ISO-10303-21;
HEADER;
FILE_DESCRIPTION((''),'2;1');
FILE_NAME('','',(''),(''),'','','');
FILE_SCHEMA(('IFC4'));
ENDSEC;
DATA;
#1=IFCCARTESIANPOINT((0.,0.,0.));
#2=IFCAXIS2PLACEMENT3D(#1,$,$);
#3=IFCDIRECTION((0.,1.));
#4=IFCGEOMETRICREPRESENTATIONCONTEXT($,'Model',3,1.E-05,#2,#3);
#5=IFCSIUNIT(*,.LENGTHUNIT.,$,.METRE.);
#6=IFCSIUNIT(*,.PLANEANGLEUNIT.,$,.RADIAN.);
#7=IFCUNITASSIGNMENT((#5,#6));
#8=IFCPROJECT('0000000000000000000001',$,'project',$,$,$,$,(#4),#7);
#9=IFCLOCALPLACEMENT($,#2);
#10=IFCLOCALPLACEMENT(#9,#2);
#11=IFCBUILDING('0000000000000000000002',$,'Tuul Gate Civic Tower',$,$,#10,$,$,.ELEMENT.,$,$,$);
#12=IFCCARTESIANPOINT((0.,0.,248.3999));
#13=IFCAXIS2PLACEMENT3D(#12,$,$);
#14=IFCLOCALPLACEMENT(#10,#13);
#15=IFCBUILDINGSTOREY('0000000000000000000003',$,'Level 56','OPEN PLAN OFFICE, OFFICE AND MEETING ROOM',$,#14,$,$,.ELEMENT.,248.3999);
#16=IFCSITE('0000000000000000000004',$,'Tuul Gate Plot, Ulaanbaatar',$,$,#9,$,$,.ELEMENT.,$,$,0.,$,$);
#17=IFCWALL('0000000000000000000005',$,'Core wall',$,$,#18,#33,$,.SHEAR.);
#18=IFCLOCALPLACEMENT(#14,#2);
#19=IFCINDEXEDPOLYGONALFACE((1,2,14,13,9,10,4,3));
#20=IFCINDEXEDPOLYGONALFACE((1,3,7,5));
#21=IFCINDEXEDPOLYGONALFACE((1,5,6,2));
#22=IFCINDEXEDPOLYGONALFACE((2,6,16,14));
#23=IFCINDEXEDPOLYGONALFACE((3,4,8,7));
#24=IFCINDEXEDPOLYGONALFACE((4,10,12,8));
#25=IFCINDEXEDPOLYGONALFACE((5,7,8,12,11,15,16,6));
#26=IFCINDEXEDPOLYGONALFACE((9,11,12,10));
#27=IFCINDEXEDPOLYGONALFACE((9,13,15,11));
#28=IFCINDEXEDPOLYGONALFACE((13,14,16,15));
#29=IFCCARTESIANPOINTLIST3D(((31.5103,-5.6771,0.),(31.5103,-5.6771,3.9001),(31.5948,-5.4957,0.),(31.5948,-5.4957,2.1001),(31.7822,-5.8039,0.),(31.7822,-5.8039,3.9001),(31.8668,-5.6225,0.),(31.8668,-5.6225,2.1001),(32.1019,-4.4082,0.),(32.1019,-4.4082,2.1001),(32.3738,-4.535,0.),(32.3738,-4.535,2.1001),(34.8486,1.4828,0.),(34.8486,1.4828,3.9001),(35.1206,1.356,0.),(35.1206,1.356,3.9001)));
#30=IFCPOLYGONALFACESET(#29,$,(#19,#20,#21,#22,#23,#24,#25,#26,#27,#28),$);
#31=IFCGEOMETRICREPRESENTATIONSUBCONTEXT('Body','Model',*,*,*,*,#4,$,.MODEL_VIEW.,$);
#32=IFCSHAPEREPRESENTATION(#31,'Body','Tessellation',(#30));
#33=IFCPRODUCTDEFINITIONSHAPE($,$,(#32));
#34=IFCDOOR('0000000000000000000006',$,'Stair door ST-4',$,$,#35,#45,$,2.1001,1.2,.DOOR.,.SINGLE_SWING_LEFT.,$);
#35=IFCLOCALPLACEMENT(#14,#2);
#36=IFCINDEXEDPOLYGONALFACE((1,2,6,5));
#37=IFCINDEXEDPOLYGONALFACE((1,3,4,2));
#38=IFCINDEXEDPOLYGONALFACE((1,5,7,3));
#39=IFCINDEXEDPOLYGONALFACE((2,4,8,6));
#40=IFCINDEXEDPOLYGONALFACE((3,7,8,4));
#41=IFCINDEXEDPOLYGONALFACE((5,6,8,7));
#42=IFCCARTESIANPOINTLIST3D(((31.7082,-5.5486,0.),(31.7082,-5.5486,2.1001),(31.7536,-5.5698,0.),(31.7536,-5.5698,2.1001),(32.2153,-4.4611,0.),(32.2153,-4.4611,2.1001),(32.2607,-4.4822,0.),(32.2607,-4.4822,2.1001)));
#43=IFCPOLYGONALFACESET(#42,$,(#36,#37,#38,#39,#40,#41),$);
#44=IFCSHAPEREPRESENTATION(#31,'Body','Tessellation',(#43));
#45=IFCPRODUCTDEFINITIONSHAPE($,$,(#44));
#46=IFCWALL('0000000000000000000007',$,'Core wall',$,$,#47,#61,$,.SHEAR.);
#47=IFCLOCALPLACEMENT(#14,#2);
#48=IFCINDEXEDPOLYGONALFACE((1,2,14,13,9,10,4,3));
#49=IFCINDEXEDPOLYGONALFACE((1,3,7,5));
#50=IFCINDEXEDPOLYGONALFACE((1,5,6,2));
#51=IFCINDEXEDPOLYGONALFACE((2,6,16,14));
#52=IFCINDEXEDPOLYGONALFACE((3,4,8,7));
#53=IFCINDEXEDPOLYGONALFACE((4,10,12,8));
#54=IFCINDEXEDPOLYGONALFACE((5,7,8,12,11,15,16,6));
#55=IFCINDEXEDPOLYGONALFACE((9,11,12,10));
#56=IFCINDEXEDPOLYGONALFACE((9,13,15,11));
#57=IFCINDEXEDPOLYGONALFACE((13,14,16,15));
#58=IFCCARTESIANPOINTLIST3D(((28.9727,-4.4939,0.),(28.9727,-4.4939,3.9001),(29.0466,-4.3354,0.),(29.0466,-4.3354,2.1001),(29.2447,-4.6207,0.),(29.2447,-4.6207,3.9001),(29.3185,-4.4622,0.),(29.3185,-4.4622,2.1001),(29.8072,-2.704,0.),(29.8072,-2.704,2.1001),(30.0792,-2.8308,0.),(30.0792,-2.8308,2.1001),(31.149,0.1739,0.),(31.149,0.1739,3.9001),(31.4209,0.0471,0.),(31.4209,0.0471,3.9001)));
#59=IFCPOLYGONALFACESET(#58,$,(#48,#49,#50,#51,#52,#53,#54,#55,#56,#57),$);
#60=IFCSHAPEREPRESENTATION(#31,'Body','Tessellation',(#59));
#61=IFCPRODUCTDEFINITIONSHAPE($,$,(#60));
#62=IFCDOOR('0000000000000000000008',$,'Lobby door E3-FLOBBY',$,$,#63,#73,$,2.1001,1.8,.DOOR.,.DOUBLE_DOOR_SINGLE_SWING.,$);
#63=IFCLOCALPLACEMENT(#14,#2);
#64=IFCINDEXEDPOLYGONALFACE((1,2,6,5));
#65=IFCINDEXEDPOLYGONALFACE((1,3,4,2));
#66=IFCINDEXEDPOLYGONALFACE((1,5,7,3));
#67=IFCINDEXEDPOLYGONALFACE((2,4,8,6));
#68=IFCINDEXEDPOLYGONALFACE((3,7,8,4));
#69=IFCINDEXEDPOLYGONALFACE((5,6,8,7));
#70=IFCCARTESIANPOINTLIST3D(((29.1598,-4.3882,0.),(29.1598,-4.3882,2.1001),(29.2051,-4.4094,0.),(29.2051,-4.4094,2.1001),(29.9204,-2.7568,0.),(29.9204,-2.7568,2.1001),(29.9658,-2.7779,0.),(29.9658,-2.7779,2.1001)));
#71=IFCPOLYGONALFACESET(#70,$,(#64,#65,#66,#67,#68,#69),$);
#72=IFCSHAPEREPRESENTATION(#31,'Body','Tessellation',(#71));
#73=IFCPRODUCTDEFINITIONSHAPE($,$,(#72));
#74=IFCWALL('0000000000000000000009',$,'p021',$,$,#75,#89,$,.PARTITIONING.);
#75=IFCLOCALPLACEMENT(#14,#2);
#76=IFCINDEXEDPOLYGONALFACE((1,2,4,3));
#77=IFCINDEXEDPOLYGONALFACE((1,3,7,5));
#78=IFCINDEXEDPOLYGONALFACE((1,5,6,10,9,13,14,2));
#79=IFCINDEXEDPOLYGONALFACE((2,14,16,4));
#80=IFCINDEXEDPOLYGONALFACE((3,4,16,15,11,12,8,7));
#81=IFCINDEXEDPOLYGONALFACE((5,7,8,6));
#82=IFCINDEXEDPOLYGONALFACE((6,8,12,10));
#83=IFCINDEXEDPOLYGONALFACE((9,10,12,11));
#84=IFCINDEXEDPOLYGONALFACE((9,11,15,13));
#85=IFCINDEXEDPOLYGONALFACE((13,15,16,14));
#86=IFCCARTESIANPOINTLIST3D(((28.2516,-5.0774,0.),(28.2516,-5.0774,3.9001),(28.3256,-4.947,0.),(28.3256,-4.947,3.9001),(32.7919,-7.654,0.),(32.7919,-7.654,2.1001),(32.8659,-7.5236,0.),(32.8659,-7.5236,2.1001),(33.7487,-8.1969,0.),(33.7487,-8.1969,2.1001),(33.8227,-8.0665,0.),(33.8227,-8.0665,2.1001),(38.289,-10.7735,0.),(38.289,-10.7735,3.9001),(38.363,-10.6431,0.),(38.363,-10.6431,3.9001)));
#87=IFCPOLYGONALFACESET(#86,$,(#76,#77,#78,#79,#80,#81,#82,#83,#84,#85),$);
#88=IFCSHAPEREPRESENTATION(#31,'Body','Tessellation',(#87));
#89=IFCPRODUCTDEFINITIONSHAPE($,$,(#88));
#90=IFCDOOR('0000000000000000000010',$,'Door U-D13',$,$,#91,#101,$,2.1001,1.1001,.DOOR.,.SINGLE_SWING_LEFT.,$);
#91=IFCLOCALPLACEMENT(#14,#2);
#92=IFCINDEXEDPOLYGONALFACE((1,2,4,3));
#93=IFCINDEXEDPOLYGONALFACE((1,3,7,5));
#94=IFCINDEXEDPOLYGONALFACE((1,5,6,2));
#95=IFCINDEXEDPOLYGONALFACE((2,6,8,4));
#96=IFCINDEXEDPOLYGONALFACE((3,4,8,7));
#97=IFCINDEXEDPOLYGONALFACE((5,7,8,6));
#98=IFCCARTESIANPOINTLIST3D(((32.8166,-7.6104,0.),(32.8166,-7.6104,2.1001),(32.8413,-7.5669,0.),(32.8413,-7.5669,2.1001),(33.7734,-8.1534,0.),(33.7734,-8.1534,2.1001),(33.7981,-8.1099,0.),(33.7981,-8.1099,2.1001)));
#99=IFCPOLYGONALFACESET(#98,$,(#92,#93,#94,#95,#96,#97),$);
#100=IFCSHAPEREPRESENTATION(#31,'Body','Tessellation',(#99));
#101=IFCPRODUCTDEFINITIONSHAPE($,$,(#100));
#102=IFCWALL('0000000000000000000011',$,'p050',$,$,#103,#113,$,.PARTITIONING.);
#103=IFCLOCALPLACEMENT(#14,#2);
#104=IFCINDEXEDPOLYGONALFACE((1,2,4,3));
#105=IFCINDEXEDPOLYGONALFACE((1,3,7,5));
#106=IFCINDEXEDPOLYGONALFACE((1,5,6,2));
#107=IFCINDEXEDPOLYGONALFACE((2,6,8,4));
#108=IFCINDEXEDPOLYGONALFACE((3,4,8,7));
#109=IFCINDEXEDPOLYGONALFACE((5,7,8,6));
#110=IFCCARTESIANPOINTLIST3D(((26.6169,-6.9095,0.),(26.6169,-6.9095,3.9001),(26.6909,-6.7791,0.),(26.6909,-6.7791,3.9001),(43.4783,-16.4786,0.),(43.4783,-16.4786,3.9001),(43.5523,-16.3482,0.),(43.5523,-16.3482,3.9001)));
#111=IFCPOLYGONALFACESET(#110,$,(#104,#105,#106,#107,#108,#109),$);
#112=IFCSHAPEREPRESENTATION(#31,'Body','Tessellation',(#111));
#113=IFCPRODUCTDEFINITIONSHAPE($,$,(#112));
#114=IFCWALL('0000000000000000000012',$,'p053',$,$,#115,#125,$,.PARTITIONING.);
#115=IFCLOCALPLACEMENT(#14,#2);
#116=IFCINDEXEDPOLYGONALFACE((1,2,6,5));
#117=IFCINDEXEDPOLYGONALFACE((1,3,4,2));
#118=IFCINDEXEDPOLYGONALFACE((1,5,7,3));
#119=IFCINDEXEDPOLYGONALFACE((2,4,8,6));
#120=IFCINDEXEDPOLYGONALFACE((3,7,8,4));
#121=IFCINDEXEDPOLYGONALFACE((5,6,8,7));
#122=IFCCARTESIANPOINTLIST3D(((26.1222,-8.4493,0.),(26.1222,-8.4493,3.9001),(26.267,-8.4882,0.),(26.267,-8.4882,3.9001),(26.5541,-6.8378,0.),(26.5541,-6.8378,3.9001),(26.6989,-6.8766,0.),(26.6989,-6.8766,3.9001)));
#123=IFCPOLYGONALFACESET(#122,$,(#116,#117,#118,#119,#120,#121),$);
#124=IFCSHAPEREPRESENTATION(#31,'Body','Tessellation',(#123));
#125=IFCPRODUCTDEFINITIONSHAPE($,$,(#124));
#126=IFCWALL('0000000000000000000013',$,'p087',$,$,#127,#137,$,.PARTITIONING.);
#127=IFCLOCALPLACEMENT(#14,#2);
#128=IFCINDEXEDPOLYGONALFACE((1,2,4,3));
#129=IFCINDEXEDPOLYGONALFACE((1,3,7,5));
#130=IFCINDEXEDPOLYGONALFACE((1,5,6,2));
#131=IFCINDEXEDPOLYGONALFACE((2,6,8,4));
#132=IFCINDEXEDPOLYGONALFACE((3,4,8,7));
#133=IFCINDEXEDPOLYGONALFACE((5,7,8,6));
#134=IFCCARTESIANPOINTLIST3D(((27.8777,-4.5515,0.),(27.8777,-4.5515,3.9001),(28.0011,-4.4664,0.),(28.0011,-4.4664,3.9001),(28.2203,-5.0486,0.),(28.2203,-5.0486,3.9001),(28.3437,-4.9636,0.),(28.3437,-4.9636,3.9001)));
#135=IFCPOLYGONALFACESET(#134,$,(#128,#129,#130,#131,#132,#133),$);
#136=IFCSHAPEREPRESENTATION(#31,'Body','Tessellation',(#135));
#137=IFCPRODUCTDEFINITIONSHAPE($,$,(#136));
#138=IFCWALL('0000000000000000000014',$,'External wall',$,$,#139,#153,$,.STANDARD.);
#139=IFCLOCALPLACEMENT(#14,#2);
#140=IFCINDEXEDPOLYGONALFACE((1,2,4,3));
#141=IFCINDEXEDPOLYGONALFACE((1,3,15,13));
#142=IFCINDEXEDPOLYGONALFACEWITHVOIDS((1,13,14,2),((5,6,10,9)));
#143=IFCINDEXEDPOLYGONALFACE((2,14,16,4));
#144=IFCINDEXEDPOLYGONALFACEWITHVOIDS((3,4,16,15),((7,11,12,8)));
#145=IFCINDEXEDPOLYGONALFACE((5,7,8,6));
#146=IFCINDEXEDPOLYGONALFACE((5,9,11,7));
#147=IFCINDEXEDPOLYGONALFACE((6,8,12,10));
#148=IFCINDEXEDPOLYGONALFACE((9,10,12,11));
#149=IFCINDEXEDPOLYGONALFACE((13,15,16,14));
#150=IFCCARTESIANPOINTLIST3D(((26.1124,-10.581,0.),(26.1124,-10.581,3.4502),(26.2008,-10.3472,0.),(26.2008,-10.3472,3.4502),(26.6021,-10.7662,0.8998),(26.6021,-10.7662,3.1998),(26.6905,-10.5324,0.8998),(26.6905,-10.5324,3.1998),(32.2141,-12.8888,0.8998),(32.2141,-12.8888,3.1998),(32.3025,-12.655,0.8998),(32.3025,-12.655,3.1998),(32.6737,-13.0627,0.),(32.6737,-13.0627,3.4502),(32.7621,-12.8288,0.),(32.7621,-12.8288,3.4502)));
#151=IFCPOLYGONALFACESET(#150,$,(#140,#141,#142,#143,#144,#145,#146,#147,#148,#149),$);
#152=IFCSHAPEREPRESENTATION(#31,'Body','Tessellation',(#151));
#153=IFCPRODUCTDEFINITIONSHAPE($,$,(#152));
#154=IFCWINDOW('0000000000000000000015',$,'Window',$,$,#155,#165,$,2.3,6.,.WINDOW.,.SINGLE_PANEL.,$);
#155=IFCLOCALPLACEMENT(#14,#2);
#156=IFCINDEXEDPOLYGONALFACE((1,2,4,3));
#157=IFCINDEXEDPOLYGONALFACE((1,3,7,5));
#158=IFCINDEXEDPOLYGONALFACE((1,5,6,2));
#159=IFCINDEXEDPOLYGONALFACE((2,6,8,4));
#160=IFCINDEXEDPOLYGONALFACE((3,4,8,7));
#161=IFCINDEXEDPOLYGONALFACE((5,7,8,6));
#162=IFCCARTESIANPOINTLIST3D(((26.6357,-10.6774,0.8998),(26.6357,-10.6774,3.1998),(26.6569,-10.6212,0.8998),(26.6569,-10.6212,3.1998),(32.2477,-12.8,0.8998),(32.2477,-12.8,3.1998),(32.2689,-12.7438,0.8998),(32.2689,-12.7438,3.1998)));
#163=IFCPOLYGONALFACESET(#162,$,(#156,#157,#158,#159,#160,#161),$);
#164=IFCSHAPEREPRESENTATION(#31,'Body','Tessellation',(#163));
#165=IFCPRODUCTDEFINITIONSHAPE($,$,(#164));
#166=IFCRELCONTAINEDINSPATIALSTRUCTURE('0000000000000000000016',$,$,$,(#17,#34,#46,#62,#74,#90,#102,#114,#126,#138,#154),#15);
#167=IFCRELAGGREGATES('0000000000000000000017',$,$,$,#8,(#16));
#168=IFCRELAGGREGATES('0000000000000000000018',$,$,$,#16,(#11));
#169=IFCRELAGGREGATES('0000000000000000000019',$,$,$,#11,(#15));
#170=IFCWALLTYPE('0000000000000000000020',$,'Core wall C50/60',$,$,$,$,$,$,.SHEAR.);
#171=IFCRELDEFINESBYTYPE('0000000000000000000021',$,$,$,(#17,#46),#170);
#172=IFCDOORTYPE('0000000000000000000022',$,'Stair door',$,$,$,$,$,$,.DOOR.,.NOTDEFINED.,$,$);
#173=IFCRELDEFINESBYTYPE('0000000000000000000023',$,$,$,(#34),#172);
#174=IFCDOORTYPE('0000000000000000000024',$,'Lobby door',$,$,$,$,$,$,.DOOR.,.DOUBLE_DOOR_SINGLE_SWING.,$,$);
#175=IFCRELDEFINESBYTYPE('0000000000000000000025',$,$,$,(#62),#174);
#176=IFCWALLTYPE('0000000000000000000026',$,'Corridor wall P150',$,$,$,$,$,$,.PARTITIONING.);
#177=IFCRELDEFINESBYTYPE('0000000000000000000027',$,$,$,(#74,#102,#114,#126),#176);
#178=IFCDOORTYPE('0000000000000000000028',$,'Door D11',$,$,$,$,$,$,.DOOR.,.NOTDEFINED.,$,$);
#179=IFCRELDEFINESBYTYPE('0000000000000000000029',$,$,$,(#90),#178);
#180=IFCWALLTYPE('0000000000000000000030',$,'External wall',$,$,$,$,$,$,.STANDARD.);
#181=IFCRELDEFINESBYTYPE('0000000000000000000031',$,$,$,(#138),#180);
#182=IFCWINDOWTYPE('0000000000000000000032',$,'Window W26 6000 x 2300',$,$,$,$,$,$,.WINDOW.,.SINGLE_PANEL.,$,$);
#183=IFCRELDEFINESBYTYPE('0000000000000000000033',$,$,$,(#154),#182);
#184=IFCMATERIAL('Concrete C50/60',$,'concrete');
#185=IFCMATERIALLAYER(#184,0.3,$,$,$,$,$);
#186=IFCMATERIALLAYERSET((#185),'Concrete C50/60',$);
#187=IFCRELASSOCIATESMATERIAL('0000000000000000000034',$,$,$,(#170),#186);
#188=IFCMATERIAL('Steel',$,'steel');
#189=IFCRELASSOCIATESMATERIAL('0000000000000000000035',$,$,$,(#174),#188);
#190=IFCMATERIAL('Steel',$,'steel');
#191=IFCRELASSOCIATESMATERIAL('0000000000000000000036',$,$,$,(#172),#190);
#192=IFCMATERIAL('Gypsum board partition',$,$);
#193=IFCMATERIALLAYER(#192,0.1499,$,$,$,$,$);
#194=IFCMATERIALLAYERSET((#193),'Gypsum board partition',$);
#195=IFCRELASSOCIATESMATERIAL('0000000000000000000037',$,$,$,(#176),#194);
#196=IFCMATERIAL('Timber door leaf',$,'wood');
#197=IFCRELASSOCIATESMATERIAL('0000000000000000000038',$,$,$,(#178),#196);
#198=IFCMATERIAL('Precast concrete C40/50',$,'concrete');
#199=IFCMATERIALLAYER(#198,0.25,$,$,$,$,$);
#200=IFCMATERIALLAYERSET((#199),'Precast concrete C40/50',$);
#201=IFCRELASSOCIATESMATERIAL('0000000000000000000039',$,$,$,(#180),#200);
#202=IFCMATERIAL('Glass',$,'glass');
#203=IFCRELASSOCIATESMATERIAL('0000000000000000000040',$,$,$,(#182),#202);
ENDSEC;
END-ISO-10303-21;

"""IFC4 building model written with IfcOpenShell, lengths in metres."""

from ifc_helpers import new_model, si_unit, direction, frame, frame_2d, origin, place, context, subcontext, project, spatial, rectangle, extrude, material, layer, layer_set, type_object, element, fill, save


model = new_model("IFC4")

# Units and contexts
model_context = context("Model", 3, precision=1e-05, world=origin(), true_north=direction((0.0, 1.0)))
body_context = subcontext(model_context, "Body", "Model", "MODEL_VIEW")
ifc_project = project(units=[si_unit("LENGTHUNIT", "METRE"), si_unit("PLANEANGLEUNIT", "RADIAN")], contexts=[model_context])

# Site, building, storey
site_placement = place(None, origin())
site = spatial("IfcSite", under=ifc_project, at=site_placement, Name="Tuul Gate Plot, Ulaanbaatar", CompositionType="ELEMENT", RefElevation=0.0)
building_placement = place(site_placement, origin())
building = spatial("IfcBuilding", under=site, at=building_placement, Name="Tuul Gate Civic Tower", CompositionType="ELEMENT")
storey_placement = place(building_placement, frame((0.0, 0.0, 248.3999)))
storey = spatial("IfcBuildingStorey", under=building, at=storey_placement, Name="Level 56", Description="OPEN PLAN OFFICE, OFFICE AND MEETING ROOM", CompositionType="ELEMENT", Elevation=248.3999)

# Shared definitions
ifc_material_1 = material(Name="Concrete C50/60", Category="concrete")
ifc_layer_1 = layer(ifc_material_1, 0.3)
ifc_layer_set_1 = layer_set([ifc_layer_1], Name="Concrete C50/60")
wall_type_1 = type_object("IfcWallType", Name="Core wall C50/60", PredefinedType="SHEAR", material=ifc_layer_set_1)
ifc_material_2 = material(Name="Steel", Category="steel")
door_type_1 = type_object("IfcDoorType", Name="Lobby door", OperationType="DOUBLE_DOOR_SINGLE_SWING", PredefinedType="DOOR", material=ifc_material_2)

# Walls, openings, doors
wall_1_placement = place(storey_placement, frame((31.6462, -5.7405, 0.0), z_axis=(0.0, 0.0, 1.0), x_axis=(0.422583, 0.906324, 0.0)))
wall_1 = element("IfcWall", 1, at=wall_1_placement, inside=storey, type_object=wall_type_1, Name="Core wall", PredefinedType="SHEAR", context=body_context, shape_type="SweptSolid", body=[
    extrude(rectangle(XDim=7.8999, YDim=0.3, at=frame_2d((3.95, 0.0))), origin(), (0.0, 0.0, 1.0), 3.9001),
])
opening_1_placement = place(wall_1_placement, frame((0.2, 0.0, 0.0)))
opening_1 = element("IfcOpeningElement", 2, at=opening_1_placement, cuts=wall_1, PredefinedType="OPENING", context=body_context, shape_type="SweptSolid", body=[
    extrude(rectangle(XDim=1.2, YDim=2.1001, at=frame_2d((0.6001, 1.05))), frame((0.0, 0.1602, 0.0), z_axis=(0.0, -1.0, 0.0), x_axis=(1.0, 0.0, 0.0)), (0.0, 0.0, 1.0), 0.3201),
])
ifc_material_3 = material(Name="Steel", Category="steel")
door_type_2 = type_object("IfcDoorType", Name="Stair door", OperationType="NOTDEFINED", PredefinedType="DOOR", material=ifc_material_3)
door_1_placement = place(opening_1_placement, origin())
door_1 = element("IfcDoor", 3, at=door_1_placement, inside=storey, type_object=door_type_2, Name="Stair door ST-4", OperationType="SINGLE_SWING_LEFT", OverallHeight=2.1001, OverallWidth=1.2, PredefinedType="DOOR", context=body_context, shape_type="SweptSolid", body=[
    extrude(rectangle(XDim=1.2, YDim=2.1001, at=frame_2d((0.6001, 1.05))), frame((0.0, 0.0249, 0.0), z_axis=(0.0, -1.0, 0.0), x_axis=(1.0, 0.0, 0.0)), (0.0, 0.0, 1.0), 0.05),
])
fill(opening_1, door_1)
wall_2_placement = place(storey_placement, frame((29.1086, -4.5574, 0.0), z_axis=(0.0, 0.0, 1.0), x_axis=(0.422566, 0.906332, 0.0)))
wall_2 = element("IfcWall", 4, at=wall_2_placement, inside=storey, type_object=wall_type_1, Name="Core wall", PredefinedType="SHEAR", context=body_context, shape_type="SweptSolid", body=[
    extrude(rectangle(XDim=5.1501, YDim=0.3, at=frame_2d((2.5752, 0.0))), origin(), (0.0, 0.0, 1.0), 3.9001),
])
opening_2_placement = place(wall_2_placement, frame((0.175, 0.0, 0.0)))
opening_2 = element("IfcOpeningElement", 5, at=opening_2_placement, cuts=wall_2, PredefinedType="OPENING", context=body_context, shape_type="SweptSolid", body=[
    extrude(rectangle(XDim=1.8, YDim=2.1001, at=frame_2d((0.8999, 1.05))), frame((0.0, 0.1602, 0.0), z_axis=(0.0, -1.0, 0.0), x_axis=(1.0, 0.0, 0.0)), (0.0, 0.0, 1.0), 0.3201),
])
door_2_placement = place(opening_2_placement, frame((1.8, 0.0, 0.0), z_axis=(0.0, 0.0, 1.0), x_axis=(-1.0, 0.0, 0.0)))
door_2 = element("IfcDoor", 6, at=door_2_placement, inside=storey, type_object=door_type_1, Name="Lobby door E3-FLOBBY", OperationType="DOUBLE_DOOR_SINGLE_SWING", OverallHeight=2.1001, OverallWidth=1.8, PredefinedType="DOOR", context=body_context, shape_type="SweptSolid", body=[
    extrude(rectangle(XDim=1.8, YDim=2.1001, at=frame_2d((0.9001, 1.05))), frame((0.0, 0.0249, 0.0), z_axis=(0.0, -1.0, 0.0), x_axis=(1.0, 0.0, 0.0)), (0.0, 0.0, 1.0), 0.05),
])
fill(opening_2, door_2)
ifc_material_4 = material(Name="Gypsum board partition")
ifc_layer_2 = layer(ifc_material_4, 0.1499)
ifc_layer_set_2 = layer_set([ifc_layer_2], Name="Gypsum board partition")
wall_type_2 = type_object("IfcWallType", Name="Corridor wall P150", PredefinedType="PARTITIONING", material=ifc_layer_set_2)
wall_3_placement = place(storey_placement, frame((28.2886, -5.0122, 0.0), z_axis=(0.0, 0.0, 1.0), x_axis=(0.869717, -0.493551, 0.0)))
wall_3 = element("IfcWall", 7, at=wall_3_placement, inside=storey, type_object=wall_type_2, Name="p021", PredefinedType="PARTITIONING", context=body_context, shape_type="SweptSolid", body=[
    extrude(rectangle(XDim=11.541, YDim=0.1499, at=frame_2d((5.7705, 0.0))), origin(), (0.0, 0.0, 1.0), 3.9001),
])
opening_3_placement = place(wall_3_placement, frame((5.2205, 0.0, 0.0)))
opening_3 = element("IfcOpeningElement", 8, at=opening_3_placement, cuts=wall_3, PredefinedType="OPENING", context=body_context, shape_type="SweptSolid", body=[
    extrude(rectangle(XDim=1.1001, YDim=2.1001, at=frame_2d((0.55, 1.05))), frame((0.0, 0.085, 0.0), z_axis=(0.0, -1.0, 0.0), x_axis=(1.0, 0.0, 0.0)), (0.0, 0.0, 1.0), 0.1699),
])
ifc_material_5 = material(Name="Timber door leaf", Category="wood")
door_type_3 = type_object("IfcDoorType", Name="Door D11", OperationType="NOTDEFINED", PredefinedType="DOOR", material=ifc_material_5)
door_3_placement = place(opening_3_placement, frame((1.1001, 0.0, 0.0), z_axis=(0.0, 0.0, 1.0), x_axis=(-1.0, 0.0, 0.0)))
door_3 = element("IfcDoor", 9, at=door_3_placement, inside=storey, type_object=door_type_3, Name="Door U-D13", OperationType="SINGLE_SWING_LEFT", OverallHeight=2.1001, OverallWidth=1.1001, PredefinedType="DOOR", context=body_context, shape_type="SweptSolid", body=[
    extrude(rectangle(XDim=1.1001, YDim=2.1001, at=frame_2d((0.55, 1.05))), frame((0.0, 0.0249, 0.0), z_axis=(0.0, -1.0, 0.0), x_axis=(1.0, 0.0, 0.0)), (0.0, 0.0, 1.0), 0.05),
])
fill(opening_3, door_3)

# Walls
wall_4_placement = place(storey_placement, frame((26.6538, -6.8442, 0.0), z_axis=(0.0, 0.0, 1.0), x_axis=(0.869705, -0.493572, 0.0)))
element("IfcWall", 10, at=wall_4_placement, inside=storey, type_object=wall_type_2, Name="p050", PredefinedType="PARTITIONING", context=body_context, shape_type="SweptSolid", body=[
    extrude(rectangle(XDim=19.3875, YDim=0.1499, at=frame_2d((9.6938, 0.0))), origin(), (0.0, 0.0, 1.0), 3.9001),
])
wall_5_placement = place(storey_placement, frame((26.1946, -8.4688, 0.0), z_axis=(0.0, 0.0, 1.0), x_axis=(0.258856, 0.965916, 0.0)))
element("IfcWall", 11, at=wall_5_placement, inside=storey, type_object=wall_type_2, Name="p053", PredefinedType="PARTITIONING", context=body_context, shape_type="SweptSolid", body=[
    extrude(rectangle(XDim=1.6685, YDim=0.1499, at=frame_2d((0.8342, 0.0))), origin(), (0.0, 0.0, 1.0), 3.9001),
])
wall_6_placement = place(storey_placement, frame((27.9395, -4.509, 0.0), z_axis=(0.0, 0.0, 1.0), x_axis=(0.567421, -0.823428, 0.0)))
element("IfcWall", 12, at=wall_6_placement, inside=storey, type_object=wall_type_2, Name="p087", PredefinedType="PARTITIONING", context=body_context, shape_type="SweptSolid", body=[
    extrude(rectangle(XDim=0.6038, YDim=0.1499, at=frame_2d((0.3018, 0.0))), origin(), (0.0, 0.0, 1.0), 3.9001),
])

# Wall, opening, window
ifc_material_6 = material(Name="Precast concrete C40/50", Category="concrete")
ifc_layer_3 = layer(ifc_material_6, 0.25)
ifc_layer_set_3 = layer_set([ifc_layer_3], Name="Precast concrete C40/50")
wall_type_3 = type_object("IfcWallType", Name="External wall", PredefinedType="STANDARD", material=ifc_layer_set_3)
wall_7_placement = place(storey_placement, frame((26.1567, -10.4641, 0.0), z_axis=(0.0, 0.0, 1.0), x_axis=(0.935331, -0.353773, 0.0)))
wall_7 = element("IfcWall", 13, at=wall_7_placement, inside=storey, type_object=wall_type_3, Name="External wall", PredefinedType="STANDARD", context=body_context, shape_type="SweptSolid", body=[
    extrude(rectangle(XDim=7.0149, YDim=0.25, at=frame_2d((3.5073, 0.0))), origin(), (0.0, 0.0, 1.0), 3.4502),
])
opening_4_placement = place(wall_7_placement, frame((0.5234, 0.0, 0.8999)))
opening_4 = element("IfcOpeningElement", 14, at=opening_4_placement, cuts=wall_7, PredefinedType="OPENING", context=body_context, shape_type="SweptSolid", body=[
    extrude(rectangle(XDim=6.0, YDim=2.3, at=frame_2d((3.0, 1.1499))), frame((0.0, 0.135, 0.0), z_axis=(0.0, -1.0, 0.0), x_axis=(1.0, 0.0, 0.0)), (0.0, 0.0, 1.0), 0.27),
])
ifc_material_7 = material(Name="Glass", Category="glass")
window_type = type_object("IfcWindowType", Name="Window W26 6000 x 2300", PartitioningType="SINGLE_PANEL", PredefinedType="WINDOW", material=ifc_material_7)
window_1_placement = place(opening_4_placement, origin())
window_1 = element("IfcWindow", 15, at=window_1_placement, inside=storey, type_object=window_type, Name="Window", OverallHeight=2.3, OverallWidth=6.0, PartitioningType="SINGLE_PANEL", PredefinedType="WINDOW", context=body_context, shape_type="SweptSolid", body=[
    extrude(rectangle(XDim=6.0, YDim=2.3, at=frame_2d((3.0, 1.1499))), frame((0.0, 0.03, 0.0), z_axis=(0.0, -1.0, 0.0), x_axis=(1.0, 0.0, 0.0)), (0.0, 0.0, 1.0), 0.0601),
])
fill(opening_4, window_1)

save(model, "model.ifc")
